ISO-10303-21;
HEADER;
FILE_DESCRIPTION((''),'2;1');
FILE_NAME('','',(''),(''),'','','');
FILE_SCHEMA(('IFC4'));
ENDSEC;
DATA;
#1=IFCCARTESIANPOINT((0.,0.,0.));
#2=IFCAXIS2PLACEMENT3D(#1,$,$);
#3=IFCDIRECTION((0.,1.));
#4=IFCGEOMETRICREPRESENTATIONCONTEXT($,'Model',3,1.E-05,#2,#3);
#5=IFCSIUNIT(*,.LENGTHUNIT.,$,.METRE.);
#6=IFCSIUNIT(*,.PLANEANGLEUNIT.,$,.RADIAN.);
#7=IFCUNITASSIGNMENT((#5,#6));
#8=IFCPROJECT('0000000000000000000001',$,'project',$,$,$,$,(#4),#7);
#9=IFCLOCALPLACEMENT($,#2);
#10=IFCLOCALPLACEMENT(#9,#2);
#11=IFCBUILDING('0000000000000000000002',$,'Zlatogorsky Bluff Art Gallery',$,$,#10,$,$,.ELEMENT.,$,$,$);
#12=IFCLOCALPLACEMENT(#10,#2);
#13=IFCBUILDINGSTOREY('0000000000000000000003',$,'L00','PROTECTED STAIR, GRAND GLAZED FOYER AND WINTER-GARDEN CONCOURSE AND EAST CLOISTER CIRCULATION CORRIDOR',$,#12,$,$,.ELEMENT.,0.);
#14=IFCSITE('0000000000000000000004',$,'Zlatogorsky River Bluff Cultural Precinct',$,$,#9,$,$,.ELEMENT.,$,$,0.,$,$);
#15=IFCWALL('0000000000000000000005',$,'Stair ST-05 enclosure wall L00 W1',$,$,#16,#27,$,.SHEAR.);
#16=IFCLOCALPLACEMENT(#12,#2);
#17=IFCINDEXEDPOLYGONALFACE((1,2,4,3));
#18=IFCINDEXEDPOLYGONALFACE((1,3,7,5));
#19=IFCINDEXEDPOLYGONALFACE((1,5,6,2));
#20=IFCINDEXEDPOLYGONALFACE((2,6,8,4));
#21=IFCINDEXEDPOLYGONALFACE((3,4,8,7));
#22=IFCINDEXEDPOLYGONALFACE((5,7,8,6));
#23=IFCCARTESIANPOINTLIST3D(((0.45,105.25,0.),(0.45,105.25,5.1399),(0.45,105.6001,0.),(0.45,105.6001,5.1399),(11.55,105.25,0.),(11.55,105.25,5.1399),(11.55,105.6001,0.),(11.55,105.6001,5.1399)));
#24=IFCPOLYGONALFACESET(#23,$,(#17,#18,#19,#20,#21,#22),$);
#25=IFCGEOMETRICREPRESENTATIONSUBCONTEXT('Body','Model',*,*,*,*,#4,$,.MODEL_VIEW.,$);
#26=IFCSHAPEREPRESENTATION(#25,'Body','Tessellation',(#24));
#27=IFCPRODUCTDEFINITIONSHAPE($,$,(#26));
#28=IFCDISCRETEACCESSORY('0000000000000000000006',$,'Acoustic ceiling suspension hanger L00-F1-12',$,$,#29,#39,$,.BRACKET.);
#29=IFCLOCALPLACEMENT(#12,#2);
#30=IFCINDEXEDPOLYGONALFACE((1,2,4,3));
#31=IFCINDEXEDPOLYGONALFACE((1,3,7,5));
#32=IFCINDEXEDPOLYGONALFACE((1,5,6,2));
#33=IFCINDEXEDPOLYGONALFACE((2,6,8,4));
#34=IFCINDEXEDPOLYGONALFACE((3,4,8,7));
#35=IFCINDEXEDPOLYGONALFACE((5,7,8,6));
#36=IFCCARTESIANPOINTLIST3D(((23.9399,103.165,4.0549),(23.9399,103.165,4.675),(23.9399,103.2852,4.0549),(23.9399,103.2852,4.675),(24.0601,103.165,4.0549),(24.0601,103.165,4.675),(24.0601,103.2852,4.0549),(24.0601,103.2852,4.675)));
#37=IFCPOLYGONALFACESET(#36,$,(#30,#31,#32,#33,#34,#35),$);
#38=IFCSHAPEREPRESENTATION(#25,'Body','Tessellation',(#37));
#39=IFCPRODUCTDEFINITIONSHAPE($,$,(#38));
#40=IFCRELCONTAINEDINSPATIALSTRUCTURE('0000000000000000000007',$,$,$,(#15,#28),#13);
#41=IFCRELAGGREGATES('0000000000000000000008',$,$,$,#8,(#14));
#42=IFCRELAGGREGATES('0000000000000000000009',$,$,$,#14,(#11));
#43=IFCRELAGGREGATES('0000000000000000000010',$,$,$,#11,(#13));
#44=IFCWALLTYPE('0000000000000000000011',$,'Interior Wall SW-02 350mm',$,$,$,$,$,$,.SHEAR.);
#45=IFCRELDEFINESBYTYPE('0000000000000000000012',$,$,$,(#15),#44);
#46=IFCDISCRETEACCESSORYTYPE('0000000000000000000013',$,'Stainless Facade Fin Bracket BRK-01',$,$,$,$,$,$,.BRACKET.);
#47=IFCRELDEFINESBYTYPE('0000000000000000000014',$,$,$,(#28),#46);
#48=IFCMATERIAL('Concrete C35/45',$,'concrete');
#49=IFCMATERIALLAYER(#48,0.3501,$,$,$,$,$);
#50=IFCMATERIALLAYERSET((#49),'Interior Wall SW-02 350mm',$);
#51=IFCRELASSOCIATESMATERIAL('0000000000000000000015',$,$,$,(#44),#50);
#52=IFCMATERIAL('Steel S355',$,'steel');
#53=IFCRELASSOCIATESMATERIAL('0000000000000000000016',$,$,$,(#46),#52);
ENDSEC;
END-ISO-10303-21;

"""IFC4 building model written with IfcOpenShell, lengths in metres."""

from ifc_helpers import new_model, si_unit, direction, frame, frame_2d, origin, origin_2d, place, context, subcontext, project, spatial, rectangle, extrude, material, layer, layer_set, type_object, element, save


model = new_model("IFC4")

# Units and contexts
model_context = context("Model", 3, precision=1e-05, world=origin(), true_north=direction((0.0, 1.0)))
body_context = subcontext(model_context, "Body", "Model", "MODEL_VIEW")
ifc_project = project(units=[si_unit("LENGTHUNIT", "METRE"), si_unit("PLANEANGLEUNIT", "RADIAN")], contexts=[model_context])

# Site, building, storey
site_placement = place(None, origin())
site = spatial("IfcSite", under=ifc_project, at=site_placement, Name="Zlatogorsky River Bluff Cultural Precinct", CompositionType="ELEMENT", RefElevation=0.0)
building_placement = place(site_placement, origin())
building = spatial("IfcBuilding", under=site, at=building_placement, Name="Zlatogorsky Bluff Art Gallery", CompositionType="ELEMENT")
storey_placement = place(building_placement, origin())
storey = spatial("IfcBuildingStorey", under=building, at=storey_placement, Name="L00", Description="PROTECTED STAIR, GRAND GLAZED FOYER AND WINTER-GARDEN CONCOURSE AND EAST CLOISTER CIRCULATION CORRIDOR", CompositionType="ELEMENT", Elevation=0.0)

# Shared definitions
ifc_material_1 = material(Name="Steel S355", Category="steel")

# Wall
ifc_material_2 = material(Name="Concrete C35/45", Category="concrete")
ifc_layer = layer(ifc_material_2, 0.3501)
ifc_layer_set = layer_set([ifc_layer], Name="Interior Wall SW-02 350mm")
wall_type = type_object("IfcWallType", Name="Interior Wall SW-02 350mm", PredefinedType="SHEAR", material=ifc_layer_set)
wall_1_placement = place(storey_placement, frame((11.55, 105.425, 0.0), z_axis=(0.0, 0.0, 1.0), x_axis=(-1.0, 0.0, 0.0)))
element("IfcWall", 1, at=wall_1_placement, inside=storey, type_object=wall_type, Name="Stair ST-05 enclosure wall L00 W1", PredefinedType="SHEAR", context=body_context, shape_type="SweptSolid", body=[
    extrude(rectangle(XDim=11.1001, YDim=0.3501, at=frame_2d((5.55, 0.0))), origin(), (0.0, 0.0, 1.0), 5.1399),
])

# Discrete accessory
discrete_accessory_type = type_object("IfcDiscreteAccessoryType", Name="Stainless Facade Fin Bracket BRK-01", PredefinedType="BRACKET", material=ifc_material_1)
discrete_accessory_placement = place(storey_placement, frame((24.0, 103.2251, 4.0549), z_axis=(0.0, 0.0, 1.0), x_axis=(1.0, 0.0, 0.0)))
element("IfcDiscreteAccessory", 2, at=discrete_accessory_placement, inside=storey, type_object=discrete_accessory_type, Name="Acoustic ceiling suspension hanger L00-F1-12", PredefinedType="BRACKET", context=body_context, shape_type="SweptSolid", body=[
    extrude(rectangle(XDim=0.1201, YDim=0.1201, at=origin_2d()), origin(), (0.0, 0.0, 1.0), 0.6201),
])

save(model, "model.ifc")
